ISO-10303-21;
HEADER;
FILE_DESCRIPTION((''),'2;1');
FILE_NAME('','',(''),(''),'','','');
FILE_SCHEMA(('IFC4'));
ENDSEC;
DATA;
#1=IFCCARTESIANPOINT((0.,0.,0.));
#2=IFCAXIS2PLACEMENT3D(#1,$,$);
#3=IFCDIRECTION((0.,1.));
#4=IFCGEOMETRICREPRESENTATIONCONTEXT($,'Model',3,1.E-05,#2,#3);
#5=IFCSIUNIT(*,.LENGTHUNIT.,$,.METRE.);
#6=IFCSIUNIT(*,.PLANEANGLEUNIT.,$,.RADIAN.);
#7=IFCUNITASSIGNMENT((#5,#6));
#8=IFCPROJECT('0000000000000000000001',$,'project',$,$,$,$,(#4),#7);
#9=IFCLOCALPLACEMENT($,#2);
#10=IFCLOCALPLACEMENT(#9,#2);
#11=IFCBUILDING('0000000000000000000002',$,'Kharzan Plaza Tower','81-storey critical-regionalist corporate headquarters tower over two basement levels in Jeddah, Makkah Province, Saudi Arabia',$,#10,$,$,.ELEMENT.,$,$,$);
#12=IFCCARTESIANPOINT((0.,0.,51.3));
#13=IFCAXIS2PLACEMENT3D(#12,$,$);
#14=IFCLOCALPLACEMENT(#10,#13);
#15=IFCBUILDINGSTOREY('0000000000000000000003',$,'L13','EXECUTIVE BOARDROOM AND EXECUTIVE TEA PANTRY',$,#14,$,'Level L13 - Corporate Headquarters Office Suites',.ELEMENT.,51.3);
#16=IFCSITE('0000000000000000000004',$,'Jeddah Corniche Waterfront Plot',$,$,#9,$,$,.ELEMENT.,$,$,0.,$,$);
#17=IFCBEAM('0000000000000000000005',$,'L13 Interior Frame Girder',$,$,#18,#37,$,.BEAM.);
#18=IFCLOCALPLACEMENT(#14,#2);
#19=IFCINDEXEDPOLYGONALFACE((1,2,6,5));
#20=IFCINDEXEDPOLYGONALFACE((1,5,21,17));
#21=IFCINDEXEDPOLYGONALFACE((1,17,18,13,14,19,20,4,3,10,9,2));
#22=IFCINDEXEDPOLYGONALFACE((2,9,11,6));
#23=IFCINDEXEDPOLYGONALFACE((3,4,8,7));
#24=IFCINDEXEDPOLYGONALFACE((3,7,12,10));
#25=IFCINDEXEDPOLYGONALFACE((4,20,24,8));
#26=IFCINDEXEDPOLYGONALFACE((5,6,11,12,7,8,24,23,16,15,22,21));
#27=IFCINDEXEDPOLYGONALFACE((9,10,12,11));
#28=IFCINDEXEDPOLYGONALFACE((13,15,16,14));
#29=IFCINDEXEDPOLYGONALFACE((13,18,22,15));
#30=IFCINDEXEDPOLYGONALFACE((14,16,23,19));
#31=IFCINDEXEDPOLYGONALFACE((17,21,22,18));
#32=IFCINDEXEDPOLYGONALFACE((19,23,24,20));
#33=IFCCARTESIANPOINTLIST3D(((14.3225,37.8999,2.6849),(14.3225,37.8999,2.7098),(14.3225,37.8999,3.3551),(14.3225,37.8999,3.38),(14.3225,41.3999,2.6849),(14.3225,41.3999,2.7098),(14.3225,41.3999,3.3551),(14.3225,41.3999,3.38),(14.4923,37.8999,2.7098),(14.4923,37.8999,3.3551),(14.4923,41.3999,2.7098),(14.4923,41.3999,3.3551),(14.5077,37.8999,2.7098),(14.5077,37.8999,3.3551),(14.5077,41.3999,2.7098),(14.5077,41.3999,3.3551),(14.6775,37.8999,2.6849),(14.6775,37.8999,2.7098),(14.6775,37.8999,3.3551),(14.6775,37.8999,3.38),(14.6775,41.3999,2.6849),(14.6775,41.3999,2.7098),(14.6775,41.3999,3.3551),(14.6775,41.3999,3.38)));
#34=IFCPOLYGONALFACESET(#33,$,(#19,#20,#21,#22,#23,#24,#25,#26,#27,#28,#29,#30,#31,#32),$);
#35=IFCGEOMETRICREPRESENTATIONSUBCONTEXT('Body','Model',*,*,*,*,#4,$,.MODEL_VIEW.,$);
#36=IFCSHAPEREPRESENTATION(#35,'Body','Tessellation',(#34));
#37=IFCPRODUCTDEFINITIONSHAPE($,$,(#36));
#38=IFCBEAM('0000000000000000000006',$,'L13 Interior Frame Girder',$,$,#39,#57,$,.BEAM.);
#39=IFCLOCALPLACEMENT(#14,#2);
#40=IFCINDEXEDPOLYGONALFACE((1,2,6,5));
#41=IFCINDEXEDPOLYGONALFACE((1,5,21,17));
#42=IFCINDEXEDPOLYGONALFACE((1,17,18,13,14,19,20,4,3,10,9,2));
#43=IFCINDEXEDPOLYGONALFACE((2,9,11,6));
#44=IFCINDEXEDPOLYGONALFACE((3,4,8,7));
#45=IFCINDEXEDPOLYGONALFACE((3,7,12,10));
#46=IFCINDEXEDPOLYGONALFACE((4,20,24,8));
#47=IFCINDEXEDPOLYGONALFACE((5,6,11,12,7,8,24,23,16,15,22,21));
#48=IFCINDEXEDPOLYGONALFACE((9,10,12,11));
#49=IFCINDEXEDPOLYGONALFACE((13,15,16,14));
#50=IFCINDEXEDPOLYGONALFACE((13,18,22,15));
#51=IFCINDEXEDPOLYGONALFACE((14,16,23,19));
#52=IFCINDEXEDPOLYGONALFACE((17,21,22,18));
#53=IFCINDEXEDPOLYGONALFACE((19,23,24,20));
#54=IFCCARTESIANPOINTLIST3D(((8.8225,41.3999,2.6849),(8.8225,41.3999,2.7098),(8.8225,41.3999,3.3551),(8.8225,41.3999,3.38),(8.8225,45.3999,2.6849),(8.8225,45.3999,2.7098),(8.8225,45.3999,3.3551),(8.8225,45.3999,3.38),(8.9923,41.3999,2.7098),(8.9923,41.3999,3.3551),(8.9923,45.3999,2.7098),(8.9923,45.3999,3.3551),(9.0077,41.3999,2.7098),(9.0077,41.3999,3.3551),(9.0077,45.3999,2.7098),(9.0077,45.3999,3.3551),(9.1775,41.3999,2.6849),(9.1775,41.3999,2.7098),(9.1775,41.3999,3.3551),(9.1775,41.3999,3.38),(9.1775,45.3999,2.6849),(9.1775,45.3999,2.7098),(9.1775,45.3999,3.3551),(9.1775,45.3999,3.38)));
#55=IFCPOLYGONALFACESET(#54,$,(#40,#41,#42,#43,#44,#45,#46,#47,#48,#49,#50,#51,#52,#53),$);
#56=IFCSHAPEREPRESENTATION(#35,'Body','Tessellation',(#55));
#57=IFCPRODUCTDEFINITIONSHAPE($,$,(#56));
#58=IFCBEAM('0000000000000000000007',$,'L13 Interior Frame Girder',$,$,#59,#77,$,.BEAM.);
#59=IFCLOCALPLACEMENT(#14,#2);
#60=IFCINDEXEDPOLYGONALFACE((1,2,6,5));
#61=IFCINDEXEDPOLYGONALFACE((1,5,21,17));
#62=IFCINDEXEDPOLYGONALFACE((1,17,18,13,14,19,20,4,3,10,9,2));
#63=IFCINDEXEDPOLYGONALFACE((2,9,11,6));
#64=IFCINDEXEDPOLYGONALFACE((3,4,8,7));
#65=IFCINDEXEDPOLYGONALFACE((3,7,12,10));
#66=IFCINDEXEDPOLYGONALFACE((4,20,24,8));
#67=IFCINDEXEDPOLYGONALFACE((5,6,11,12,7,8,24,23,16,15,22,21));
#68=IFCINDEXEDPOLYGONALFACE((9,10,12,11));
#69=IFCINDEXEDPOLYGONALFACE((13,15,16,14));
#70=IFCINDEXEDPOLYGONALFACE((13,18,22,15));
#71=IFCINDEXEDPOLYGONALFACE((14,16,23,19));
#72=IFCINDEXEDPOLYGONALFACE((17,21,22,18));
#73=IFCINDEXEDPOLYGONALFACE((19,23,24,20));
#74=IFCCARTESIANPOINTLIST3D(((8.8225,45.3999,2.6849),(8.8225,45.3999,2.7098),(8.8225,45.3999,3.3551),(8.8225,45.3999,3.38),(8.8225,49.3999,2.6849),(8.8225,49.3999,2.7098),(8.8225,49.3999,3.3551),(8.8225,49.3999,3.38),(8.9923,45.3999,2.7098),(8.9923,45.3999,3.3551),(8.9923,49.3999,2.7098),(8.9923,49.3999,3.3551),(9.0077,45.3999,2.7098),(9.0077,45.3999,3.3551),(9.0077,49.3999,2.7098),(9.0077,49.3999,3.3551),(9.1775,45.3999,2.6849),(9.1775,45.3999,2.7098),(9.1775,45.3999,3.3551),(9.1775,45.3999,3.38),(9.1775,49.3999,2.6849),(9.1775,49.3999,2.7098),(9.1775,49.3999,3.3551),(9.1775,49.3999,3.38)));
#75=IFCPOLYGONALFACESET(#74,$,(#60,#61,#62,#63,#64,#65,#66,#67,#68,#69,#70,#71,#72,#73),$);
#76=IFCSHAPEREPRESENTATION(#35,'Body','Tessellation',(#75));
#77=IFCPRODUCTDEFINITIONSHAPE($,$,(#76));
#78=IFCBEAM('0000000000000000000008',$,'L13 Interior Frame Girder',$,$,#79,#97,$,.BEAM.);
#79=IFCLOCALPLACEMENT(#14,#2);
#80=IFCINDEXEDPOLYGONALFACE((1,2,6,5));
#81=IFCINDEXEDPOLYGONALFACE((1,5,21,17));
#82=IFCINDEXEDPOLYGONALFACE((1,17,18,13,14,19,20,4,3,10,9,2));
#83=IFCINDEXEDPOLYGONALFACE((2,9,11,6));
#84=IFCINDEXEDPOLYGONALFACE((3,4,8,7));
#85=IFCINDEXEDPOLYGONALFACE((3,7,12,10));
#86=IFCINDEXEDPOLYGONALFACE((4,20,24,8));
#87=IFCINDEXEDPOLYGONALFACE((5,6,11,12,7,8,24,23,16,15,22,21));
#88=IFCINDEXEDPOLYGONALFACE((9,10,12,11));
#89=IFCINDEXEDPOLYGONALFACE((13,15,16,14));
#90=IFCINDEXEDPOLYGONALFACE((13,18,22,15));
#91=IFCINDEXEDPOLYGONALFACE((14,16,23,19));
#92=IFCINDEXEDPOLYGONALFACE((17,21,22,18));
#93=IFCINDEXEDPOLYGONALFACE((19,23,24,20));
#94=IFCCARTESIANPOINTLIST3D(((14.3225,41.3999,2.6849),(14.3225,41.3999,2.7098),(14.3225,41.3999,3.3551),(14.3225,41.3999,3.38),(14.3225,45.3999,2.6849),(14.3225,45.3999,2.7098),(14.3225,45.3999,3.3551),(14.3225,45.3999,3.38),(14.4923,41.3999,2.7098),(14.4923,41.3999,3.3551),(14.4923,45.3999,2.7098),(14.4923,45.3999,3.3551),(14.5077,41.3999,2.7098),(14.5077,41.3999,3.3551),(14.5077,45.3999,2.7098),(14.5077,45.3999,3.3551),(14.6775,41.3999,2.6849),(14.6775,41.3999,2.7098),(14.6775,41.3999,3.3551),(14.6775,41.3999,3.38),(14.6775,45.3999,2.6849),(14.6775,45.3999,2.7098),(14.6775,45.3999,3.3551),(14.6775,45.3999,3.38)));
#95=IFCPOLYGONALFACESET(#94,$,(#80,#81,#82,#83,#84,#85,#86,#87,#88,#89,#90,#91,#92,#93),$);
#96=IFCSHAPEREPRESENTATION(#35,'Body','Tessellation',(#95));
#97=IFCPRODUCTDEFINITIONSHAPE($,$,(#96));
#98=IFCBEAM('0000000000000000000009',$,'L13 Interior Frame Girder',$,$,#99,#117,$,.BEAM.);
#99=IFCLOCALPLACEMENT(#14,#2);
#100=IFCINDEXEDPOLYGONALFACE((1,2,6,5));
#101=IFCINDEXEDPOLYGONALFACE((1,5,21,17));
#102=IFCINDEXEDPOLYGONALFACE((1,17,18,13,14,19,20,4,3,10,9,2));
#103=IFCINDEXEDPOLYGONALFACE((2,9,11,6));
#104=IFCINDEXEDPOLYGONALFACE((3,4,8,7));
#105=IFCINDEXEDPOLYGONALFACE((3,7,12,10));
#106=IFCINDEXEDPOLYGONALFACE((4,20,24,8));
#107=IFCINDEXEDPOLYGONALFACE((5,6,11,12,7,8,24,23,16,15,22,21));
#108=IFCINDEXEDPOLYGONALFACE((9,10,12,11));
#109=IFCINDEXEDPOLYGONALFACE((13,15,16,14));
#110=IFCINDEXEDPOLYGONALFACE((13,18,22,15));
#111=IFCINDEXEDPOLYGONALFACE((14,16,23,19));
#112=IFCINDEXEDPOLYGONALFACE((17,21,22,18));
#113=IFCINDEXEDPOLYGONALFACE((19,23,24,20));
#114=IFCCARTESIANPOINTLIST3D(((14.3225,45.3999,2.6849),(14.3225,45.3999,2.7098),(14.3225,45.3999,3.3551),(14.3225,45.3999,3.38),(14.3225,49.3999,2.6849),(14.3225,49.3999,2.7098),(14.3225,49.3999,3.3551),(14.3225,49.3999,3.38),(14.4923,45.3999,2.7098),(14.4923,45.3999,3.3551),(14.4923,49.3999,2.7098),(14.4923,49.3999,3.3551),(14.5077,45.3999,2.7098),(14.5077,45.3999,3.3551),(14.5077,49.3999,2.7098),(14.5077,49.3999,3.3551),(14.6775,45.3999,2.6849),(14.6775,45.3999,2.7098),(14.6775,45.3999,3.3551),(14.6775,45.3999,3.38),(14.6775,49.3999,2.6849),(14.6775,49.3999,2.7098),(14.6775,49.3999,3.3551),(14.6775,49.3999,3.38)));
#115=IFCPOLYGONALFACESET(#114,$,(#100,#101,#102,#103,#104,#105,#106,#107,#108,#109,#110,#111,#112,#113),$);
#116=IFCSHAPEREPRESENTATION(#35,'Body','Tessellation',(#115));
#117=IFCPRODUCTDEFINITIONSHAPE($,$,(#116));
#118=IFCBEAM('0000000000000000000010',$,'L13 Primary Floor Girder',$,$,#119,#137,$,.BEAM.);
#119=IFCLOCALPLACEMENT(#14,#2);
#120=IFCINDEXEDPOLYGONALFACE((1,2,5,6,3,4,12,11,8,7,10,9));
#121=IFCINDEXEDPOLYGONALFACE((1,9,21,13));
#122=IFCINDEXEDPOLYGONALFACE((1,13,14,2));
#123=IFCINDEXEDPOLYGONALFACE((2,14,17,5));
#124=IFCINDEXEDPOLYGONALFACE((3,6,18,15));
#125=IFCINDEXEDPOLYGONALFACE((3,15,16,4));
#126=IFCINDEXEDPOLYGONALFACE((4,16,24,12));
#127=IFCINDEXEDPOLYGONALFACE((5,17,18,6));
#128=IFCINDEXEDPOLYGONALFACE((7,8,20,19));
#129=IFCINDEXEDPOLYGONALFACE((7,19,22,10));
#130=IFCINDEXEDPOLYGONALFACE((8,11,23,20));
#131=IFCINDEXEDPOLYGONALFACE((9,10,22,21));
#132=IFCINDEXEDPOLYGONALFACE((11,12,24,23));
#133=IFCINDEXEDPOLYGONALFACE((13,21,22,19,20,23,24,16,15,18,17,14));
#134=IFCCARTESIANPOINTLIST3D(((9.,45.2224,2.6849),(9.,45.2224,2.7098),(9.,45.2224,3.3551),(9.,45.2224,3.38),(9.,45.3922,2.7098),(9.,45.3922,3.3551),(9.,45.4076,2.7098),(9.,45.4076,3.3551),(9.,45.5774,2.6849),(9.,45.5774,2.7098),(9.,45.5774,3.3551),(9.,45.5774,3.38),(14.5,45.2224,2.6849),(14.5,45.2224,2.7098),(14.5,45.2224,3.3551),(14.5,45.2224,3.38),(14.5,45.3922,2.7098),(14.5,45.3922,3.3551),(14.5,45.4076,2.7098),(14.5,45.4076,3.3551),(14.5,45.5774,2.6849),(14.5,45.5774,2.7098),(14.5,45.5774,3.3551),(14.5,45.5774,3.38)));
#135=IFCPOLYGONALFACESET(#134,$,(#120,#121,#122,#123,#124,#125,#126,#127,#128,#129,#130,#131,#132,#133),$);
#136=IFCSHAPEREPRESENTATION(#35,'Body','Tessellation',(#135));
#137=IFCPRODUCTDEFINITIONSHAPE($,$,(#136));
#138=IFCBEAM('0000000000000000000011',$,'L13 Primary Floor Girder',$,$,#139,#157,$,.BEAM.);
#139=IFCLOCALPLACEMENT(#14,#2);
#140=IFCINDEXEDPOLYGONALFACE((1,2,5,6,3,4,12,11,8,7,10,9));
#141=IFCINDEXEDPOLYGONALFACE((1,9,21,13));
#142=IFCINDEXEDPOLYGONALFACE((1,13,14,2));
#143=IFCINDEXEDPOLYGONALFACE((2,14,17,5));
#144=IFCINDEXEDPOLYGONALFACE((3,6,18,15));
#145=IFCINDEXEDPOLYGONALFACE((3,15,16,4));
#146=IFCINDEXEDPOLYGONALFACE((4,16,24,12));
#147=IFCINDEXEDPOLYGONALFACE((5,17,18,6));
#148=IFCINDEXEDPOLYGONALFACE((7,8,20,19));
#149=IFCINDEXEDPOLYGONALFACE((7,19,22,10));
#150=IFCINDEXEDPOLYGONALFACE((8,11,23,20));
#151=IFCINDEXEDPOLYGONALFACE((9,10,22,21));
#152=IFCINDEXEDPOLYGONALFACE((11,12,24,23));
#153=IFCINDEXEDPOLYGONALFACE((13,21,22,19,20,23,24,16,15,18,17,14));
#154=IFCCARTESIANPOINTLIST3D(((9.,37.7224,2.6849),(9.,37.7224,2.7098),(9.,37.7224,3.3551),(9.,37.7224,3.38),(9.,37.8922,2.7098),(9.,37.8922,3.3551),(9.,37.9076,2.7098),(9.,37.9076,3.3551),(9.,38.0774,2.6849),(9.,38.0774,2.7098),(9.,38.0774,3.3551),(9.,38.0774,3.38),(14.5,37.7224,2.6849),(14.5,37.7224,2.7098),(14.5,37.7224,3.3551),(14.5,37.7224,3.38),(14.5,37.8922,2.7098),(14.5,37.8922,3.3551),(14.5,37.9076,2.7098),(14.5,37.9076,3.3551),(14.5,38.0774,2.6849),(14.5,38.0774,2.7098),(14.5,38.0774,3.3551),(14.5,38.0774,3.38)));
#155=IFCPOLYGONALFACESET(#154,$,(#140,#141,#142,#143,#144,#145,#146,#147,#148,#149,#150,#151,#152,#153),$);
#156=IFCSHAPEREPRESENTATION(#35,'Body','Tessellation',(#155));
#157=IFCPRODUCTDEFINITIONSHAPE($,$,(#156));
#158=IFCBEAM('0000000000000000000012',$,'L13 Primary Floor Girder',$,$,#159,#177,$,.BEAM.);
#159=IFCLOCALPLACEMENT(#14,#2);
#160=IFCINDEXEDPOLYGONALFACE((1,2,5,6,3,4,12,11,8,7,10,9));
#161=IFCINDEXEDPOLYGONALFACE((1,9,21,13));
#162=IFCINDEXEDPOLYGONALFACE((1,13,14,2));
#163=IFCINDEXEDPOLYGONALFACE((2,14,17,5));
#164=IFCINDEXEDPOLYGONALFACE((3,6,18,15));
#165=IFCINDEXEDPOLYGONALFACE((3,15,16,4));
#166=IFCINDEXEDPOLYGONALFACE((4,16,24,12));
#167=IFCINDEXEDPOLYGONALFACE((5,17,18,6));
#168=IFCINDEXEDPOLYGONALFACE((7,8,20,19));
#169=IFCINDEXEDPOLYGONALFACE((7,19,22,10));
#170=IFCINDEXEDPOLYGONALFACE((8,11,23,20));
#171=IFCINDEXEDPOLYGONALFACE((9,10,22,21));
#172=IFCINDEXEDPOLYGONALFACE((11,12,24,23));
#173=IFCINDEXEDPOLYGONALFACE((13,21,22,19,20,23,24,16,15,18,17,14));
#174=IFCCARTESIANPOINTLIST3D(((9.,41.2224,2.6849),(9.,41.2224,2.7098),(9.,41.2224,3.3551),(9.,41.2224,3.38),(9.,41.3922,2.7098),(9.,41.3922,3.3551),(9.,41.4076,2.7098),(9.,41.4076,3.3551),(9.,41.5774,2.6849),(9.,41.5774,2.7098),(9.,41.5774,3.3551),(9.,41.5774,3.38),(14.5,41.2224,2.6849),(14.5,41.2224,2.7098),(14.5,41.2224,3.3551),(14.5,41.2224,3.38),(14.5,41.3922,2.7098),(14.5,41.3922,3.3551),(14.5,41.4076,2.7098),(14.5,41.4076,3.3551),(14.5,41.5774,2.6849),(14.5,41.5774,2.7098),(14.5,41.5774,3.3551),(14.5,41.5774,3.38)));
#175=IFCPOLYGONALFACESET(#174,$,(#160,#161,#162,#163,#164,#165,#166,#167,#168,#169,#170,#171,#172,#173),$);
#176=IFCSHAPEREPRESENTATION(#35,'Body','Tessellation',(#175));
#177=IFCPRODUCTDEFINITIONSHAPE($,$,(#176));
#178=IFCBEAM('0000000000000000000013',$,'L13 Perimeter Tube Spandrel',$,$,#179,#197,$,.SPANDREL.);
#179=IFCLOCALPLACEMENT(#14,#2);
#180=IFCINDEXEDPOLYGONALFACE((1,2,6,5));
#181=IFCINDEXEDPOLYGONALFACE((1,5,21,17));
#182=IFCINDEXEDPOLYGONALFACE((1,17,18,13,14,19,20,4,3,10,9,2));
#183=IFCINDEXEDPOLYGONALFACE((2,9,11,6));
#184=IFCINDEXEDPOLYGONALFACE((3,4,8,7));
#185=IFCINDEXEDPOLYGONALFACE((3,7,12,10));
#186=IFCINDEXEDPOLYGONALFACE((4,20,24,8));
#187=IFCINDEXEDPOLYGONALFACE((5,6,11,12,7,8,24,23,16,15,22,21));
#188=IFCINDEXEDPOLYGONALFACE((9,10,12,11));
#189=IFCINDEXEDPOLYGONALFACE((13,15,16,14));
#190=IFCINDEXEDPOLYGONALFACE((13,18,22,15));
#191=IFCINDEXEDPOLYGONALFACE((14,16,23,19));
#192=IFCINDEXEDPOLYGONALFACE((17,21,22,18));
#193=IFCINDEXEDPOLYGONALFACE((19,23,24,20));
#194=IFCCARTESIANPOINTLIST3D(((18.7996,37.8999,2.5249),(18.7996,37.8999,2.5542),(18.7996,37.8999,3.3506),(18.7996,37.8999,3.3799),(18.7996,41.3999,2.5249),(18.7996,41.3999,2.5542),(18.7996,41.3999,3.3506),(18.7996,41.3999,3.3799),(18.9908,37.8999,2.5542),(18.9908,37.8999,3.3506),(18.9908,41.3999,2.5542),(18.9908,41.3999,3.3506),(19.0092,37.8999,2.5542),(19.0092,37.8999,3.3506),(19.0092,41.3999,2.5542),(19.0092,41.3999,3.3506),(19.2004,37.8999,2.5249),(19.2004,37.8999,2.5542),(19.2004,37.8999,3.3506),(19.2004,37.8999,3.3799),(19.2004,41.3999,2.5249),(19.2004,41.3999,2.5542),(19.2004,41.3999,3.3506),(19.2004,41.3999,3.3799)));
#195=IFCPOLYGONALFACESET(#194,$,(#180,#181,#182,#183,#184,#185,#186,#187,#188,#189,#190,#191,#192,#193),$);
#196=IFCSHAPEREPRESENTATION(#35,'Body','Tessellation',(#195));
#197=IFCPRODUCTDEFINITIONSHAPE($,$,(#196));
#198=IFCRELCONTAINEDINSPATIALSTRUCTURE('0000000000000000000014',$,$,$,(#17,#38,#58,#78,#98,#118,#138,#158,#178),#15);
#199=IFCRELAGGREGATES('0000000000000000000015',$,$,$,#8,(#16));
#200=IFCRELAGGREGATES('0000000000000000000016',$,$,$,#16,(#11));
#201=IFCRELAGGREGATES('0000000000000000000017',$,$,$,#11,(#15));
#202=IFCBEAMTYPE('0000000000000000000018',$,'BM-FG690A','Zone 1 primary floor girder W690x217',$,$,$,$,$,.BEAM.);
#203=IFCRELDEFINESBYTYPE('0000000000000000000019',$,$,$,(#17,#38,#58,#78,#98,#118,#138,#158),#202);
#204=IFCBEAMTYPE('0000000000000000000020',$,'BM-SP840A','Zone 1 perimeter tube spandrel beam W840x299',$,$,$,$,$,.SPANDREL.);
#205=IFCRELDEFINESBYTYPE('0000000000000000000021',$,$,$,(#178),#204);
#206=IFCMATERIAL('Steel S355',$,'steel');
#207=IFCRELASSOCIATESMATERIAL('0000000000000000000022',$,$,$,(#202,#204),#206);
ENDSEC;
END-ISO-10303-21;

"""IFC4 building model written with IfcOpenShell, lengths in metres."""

from ifc_helpers import new_model, si_unit, direction, frame, origin, origin_2d, place, context, subcontext, project, spatial, i_section, extrude, source, transform, mapped, material, material_profile, profile_set, type_object, element, save


model = new_model("IFC4")

# Units and contexts
model_context = context("Model", 3, precision=1e-05, world=origin(), true_north=direction((0.0, 1.0)))
body_context = subcontext(model_context, "Body", "Model", "MODEL_VIEW")
ifc_project = project(units=[si_unit("LENGTHUNIT", "METRE"), si_unit("PLANEANGLEUNIT", "RADIAN")], contexts=[model_context])

# Site, building, storey
site_placement = place(None, origin())
site = spatial("IfcSite", under=ifc_project, at=site_placement, Name="Jeddah Corniche Waterfront Plot", CompositionType="ELEMENT", RefElevation=0.0)
building_placement = place(site_placement, origin())
building = spatial("IfcBuilding", under=site, at=building_placement, Name="Kharzan Plaza Tower", Description="81-storey critical-regionalist corporate headquarters tower over two basement levels in Jeddah, Makkah Province, Saudi Arabia", CompositionType="ELEMENT")
storey_placement = place(building_placement, frame((0.0, 0.0, 51.3)))
storey = spatial("IfcBuildingStorey", under=building, at=storey_placement, Name="L13", Description="EXECUTIVE BOARDROOM AND EXECUTIVE TEA PANTRY", LongName="Level L13 - Corporate Headquarters Office Suites", CompositionType="ELEMENT", Elevation=51.3)

# Beams
ifc_material_1 = material(Name="Steel S355", Category="steel")
ifc_material_profile_1 = material_profile(ifc_material_1, i_section(OverallWidth=0.355, OverallDepth=0.6951, WebThickness=0.0154, FlangeThickness=0.0249, at=origin_2d()), Name="W690x217")
ifc_profile_set_1 = profile_set([ifc_material_profile_1], Name="Steel S355")
beam_type_1 = type_object("IfcBeamType", Name="BM-FG690A", Description="Zone 1 primary floor girder W690x217", PredefinedType="BEAM", material=ifc_profile_set_1)
shared_shape_1 = source(origin(), body_context, "Body", "SweptSolid", [
    extrude(i_section(OverallWidth=0.355, OverallDepth=0.6951, WebThickness=0.0154, FlangeThickness=0.0249, at=origin_2d()), origin(), (0.0, 0.0, 1.0), 3.5),
])
beam_1_placement = place(storey_placement, frame((14.5, 37.8999, 3.0325), z_axis=(0.0, 1.0, 0.0), x_axis=(-1.0, 0.0, 0.0)))
element("IfcBeam", 1, at=beam_1_placement, inside=storey, type_object=beam_type_1, Name="L13 Interior Frame Girder", PredefinedType="BEAM", context=body_context, shape_type="MappedRepresentation", body=[
    mapped(shared_shape_1, transform((0.0, 0.0, 0.0), x_axis=(1.0, 0.0, 0.0), y_axis=(0.0, 1.0, 0.0), z_axis=(0.0, 0.0, 1.0))),
])
shared_shape_2 = source(origin(), body_context, "Body", "SweptSolid", [
    extrude(i_section(OverallWidth=0.355, OverallDepth=0.6951, WebThickness=0.0154, FlangeThickness=0.0249, at=origin_2d()), origin(), (0.0, 0.0, 1.0), 4.0),
])
for number, where, z_axis, x_axis, name in (
    (2, (9.0, 41.3999, 3.0325), (0.0, 1.0, 0.0), (-1.0, 0.0, 0.0), "L13 Interior Frame Girder"),
    (3, (9.0, 45.3999, 3.0325), (0.0, 1.0, 0.0), (-1.0, 0.0, 0.0), "L13 Interior Frame Girder"),
    (4, (14.5, 41.3999, 3.0325), (0.0, 1.0, 0.0), (-1.0, 0.0, 0.0), "L13 Interior Frame Girder"),
    (5, (14.5, 45.3999, 3.0325), (0.0, 1.0, 0.0), (-1.0, 0.0, 0.0), "L13 Interior Frame Girder"),
):
    element("IfcBeam", number, at=place(storey_placement, frame(where, z_axis=z_axis, x_axis=x_axis)), inside=storey, type_object=beam_type_1, Name=name, PredefinedType="BEAM", context=body_context, shape_type="MappedRepresentation", body=[
        mapped(shared_shape_2, transform((0.0, 0.0, 0.0), x_axis=(1.0, 0.0, 0.0), y_axis=(0.0, 1.0, 0.0), z_axis=(0.0, 0.0, 1.0))),
    ])
shared_shape_3 = source(origin(), body_context, "Body", "SweptSolid", [
    extrude(i_section(OverallWidth=0.355, OverallDepth=0.6951, WebThickness=0.0154, FlangeThickness=0.0249, at=origin_2d()), origin(), (0.0, 0.0, 1.0), 5.5),
])
for number, where, z_axis, x_axis, name in (
    (6, (9.0, 45.3999, 3.0325), (1.0, 0.0, 0.0), (0.0, 1.0, 0.0), "L13 Primary Floor Girder"),
    (7, (9.0, 37.8999, 3.0325), (1.0, 0.0, 0.0), (0.0, 1.0, 0.0), "L13 Primary Floor Girder"),
    (8, (9.0, 41.3999, 3.0325), (1.0, 0.0, 0.0), (0.0, 1.0, 0.0), "L13 Primary Floor Girder"),
):
    element("IfcBeam", number, at=place(storey_placement, frame(where, z_axis=z_axis, x_axis=x_axis)), inside=storey, type_object=beam_type_1, Name=name, PredefinedType="BEAM", context=body_context, shape_type="MappedRepresentation", body=[
        mapped(shared_shape_3, transform((0.0, 0.0, 0.0), x_axis=(1.0, 0.0, 0.0), y_axis=(0.0, 1.0, 0.0), z_axis=(0.0, 0.0, 1.0))),
    ])
ifc_material_profile_2 = material_profile(ifc_material_1, i_section(OverallWidth=0.4009, OverallDepth=0.855, WebThickness=0.0183, FlangeThickness=0.0293, at=origin_2d()), Name="W840x299")
ifc_profile_set_2 = profile_set([ifc_material_profile_2], Name="Steel S355")
beam_type_2 = type_object("IfcBeamType", Name="BM-SP840A", Description="Zone 1 perimeter tube spandrel beam W840x299", PredefinedType="SPANDREL", material=ifc_profile_set_2)
shared_shape_4 = source(origin(), body_context, "Body", "SweptSolid", [
    extrude(i_section(OverallWidth=0.4009, OverallDepth=0.855, WebThickness=0.0183, FlangeThickness=0.0293, at=origin_2d()), origin(), (0.0, 0.0, 1.0), 3.5),
])
beam_2_placement = place(storey_placement, frame((19.0, 37.8999, 2.9524), z_axis=(0.0, 1.0, 0.0), x_axis=(-1.0, 0.0, 0.0)))
element("IfcBeam", 9, at=beam_2_placement, inside=storey, type_object=beam_type_2, Name="L13 Perimeter Tube Spandrel", PredefinedType="SPANDREL", context=body_context, shape_type="MappedRepresentation", body=[
    mapped(shared_shape_4, transform((0.0, 0.0, 0.0), x_axis=(1.0, 0.0, 0.0), y_axis=(0.0, 1.0, 0.0), z_axis=(0.0, 0.0, 1.0))),
])

save(model, "model.ifc")
